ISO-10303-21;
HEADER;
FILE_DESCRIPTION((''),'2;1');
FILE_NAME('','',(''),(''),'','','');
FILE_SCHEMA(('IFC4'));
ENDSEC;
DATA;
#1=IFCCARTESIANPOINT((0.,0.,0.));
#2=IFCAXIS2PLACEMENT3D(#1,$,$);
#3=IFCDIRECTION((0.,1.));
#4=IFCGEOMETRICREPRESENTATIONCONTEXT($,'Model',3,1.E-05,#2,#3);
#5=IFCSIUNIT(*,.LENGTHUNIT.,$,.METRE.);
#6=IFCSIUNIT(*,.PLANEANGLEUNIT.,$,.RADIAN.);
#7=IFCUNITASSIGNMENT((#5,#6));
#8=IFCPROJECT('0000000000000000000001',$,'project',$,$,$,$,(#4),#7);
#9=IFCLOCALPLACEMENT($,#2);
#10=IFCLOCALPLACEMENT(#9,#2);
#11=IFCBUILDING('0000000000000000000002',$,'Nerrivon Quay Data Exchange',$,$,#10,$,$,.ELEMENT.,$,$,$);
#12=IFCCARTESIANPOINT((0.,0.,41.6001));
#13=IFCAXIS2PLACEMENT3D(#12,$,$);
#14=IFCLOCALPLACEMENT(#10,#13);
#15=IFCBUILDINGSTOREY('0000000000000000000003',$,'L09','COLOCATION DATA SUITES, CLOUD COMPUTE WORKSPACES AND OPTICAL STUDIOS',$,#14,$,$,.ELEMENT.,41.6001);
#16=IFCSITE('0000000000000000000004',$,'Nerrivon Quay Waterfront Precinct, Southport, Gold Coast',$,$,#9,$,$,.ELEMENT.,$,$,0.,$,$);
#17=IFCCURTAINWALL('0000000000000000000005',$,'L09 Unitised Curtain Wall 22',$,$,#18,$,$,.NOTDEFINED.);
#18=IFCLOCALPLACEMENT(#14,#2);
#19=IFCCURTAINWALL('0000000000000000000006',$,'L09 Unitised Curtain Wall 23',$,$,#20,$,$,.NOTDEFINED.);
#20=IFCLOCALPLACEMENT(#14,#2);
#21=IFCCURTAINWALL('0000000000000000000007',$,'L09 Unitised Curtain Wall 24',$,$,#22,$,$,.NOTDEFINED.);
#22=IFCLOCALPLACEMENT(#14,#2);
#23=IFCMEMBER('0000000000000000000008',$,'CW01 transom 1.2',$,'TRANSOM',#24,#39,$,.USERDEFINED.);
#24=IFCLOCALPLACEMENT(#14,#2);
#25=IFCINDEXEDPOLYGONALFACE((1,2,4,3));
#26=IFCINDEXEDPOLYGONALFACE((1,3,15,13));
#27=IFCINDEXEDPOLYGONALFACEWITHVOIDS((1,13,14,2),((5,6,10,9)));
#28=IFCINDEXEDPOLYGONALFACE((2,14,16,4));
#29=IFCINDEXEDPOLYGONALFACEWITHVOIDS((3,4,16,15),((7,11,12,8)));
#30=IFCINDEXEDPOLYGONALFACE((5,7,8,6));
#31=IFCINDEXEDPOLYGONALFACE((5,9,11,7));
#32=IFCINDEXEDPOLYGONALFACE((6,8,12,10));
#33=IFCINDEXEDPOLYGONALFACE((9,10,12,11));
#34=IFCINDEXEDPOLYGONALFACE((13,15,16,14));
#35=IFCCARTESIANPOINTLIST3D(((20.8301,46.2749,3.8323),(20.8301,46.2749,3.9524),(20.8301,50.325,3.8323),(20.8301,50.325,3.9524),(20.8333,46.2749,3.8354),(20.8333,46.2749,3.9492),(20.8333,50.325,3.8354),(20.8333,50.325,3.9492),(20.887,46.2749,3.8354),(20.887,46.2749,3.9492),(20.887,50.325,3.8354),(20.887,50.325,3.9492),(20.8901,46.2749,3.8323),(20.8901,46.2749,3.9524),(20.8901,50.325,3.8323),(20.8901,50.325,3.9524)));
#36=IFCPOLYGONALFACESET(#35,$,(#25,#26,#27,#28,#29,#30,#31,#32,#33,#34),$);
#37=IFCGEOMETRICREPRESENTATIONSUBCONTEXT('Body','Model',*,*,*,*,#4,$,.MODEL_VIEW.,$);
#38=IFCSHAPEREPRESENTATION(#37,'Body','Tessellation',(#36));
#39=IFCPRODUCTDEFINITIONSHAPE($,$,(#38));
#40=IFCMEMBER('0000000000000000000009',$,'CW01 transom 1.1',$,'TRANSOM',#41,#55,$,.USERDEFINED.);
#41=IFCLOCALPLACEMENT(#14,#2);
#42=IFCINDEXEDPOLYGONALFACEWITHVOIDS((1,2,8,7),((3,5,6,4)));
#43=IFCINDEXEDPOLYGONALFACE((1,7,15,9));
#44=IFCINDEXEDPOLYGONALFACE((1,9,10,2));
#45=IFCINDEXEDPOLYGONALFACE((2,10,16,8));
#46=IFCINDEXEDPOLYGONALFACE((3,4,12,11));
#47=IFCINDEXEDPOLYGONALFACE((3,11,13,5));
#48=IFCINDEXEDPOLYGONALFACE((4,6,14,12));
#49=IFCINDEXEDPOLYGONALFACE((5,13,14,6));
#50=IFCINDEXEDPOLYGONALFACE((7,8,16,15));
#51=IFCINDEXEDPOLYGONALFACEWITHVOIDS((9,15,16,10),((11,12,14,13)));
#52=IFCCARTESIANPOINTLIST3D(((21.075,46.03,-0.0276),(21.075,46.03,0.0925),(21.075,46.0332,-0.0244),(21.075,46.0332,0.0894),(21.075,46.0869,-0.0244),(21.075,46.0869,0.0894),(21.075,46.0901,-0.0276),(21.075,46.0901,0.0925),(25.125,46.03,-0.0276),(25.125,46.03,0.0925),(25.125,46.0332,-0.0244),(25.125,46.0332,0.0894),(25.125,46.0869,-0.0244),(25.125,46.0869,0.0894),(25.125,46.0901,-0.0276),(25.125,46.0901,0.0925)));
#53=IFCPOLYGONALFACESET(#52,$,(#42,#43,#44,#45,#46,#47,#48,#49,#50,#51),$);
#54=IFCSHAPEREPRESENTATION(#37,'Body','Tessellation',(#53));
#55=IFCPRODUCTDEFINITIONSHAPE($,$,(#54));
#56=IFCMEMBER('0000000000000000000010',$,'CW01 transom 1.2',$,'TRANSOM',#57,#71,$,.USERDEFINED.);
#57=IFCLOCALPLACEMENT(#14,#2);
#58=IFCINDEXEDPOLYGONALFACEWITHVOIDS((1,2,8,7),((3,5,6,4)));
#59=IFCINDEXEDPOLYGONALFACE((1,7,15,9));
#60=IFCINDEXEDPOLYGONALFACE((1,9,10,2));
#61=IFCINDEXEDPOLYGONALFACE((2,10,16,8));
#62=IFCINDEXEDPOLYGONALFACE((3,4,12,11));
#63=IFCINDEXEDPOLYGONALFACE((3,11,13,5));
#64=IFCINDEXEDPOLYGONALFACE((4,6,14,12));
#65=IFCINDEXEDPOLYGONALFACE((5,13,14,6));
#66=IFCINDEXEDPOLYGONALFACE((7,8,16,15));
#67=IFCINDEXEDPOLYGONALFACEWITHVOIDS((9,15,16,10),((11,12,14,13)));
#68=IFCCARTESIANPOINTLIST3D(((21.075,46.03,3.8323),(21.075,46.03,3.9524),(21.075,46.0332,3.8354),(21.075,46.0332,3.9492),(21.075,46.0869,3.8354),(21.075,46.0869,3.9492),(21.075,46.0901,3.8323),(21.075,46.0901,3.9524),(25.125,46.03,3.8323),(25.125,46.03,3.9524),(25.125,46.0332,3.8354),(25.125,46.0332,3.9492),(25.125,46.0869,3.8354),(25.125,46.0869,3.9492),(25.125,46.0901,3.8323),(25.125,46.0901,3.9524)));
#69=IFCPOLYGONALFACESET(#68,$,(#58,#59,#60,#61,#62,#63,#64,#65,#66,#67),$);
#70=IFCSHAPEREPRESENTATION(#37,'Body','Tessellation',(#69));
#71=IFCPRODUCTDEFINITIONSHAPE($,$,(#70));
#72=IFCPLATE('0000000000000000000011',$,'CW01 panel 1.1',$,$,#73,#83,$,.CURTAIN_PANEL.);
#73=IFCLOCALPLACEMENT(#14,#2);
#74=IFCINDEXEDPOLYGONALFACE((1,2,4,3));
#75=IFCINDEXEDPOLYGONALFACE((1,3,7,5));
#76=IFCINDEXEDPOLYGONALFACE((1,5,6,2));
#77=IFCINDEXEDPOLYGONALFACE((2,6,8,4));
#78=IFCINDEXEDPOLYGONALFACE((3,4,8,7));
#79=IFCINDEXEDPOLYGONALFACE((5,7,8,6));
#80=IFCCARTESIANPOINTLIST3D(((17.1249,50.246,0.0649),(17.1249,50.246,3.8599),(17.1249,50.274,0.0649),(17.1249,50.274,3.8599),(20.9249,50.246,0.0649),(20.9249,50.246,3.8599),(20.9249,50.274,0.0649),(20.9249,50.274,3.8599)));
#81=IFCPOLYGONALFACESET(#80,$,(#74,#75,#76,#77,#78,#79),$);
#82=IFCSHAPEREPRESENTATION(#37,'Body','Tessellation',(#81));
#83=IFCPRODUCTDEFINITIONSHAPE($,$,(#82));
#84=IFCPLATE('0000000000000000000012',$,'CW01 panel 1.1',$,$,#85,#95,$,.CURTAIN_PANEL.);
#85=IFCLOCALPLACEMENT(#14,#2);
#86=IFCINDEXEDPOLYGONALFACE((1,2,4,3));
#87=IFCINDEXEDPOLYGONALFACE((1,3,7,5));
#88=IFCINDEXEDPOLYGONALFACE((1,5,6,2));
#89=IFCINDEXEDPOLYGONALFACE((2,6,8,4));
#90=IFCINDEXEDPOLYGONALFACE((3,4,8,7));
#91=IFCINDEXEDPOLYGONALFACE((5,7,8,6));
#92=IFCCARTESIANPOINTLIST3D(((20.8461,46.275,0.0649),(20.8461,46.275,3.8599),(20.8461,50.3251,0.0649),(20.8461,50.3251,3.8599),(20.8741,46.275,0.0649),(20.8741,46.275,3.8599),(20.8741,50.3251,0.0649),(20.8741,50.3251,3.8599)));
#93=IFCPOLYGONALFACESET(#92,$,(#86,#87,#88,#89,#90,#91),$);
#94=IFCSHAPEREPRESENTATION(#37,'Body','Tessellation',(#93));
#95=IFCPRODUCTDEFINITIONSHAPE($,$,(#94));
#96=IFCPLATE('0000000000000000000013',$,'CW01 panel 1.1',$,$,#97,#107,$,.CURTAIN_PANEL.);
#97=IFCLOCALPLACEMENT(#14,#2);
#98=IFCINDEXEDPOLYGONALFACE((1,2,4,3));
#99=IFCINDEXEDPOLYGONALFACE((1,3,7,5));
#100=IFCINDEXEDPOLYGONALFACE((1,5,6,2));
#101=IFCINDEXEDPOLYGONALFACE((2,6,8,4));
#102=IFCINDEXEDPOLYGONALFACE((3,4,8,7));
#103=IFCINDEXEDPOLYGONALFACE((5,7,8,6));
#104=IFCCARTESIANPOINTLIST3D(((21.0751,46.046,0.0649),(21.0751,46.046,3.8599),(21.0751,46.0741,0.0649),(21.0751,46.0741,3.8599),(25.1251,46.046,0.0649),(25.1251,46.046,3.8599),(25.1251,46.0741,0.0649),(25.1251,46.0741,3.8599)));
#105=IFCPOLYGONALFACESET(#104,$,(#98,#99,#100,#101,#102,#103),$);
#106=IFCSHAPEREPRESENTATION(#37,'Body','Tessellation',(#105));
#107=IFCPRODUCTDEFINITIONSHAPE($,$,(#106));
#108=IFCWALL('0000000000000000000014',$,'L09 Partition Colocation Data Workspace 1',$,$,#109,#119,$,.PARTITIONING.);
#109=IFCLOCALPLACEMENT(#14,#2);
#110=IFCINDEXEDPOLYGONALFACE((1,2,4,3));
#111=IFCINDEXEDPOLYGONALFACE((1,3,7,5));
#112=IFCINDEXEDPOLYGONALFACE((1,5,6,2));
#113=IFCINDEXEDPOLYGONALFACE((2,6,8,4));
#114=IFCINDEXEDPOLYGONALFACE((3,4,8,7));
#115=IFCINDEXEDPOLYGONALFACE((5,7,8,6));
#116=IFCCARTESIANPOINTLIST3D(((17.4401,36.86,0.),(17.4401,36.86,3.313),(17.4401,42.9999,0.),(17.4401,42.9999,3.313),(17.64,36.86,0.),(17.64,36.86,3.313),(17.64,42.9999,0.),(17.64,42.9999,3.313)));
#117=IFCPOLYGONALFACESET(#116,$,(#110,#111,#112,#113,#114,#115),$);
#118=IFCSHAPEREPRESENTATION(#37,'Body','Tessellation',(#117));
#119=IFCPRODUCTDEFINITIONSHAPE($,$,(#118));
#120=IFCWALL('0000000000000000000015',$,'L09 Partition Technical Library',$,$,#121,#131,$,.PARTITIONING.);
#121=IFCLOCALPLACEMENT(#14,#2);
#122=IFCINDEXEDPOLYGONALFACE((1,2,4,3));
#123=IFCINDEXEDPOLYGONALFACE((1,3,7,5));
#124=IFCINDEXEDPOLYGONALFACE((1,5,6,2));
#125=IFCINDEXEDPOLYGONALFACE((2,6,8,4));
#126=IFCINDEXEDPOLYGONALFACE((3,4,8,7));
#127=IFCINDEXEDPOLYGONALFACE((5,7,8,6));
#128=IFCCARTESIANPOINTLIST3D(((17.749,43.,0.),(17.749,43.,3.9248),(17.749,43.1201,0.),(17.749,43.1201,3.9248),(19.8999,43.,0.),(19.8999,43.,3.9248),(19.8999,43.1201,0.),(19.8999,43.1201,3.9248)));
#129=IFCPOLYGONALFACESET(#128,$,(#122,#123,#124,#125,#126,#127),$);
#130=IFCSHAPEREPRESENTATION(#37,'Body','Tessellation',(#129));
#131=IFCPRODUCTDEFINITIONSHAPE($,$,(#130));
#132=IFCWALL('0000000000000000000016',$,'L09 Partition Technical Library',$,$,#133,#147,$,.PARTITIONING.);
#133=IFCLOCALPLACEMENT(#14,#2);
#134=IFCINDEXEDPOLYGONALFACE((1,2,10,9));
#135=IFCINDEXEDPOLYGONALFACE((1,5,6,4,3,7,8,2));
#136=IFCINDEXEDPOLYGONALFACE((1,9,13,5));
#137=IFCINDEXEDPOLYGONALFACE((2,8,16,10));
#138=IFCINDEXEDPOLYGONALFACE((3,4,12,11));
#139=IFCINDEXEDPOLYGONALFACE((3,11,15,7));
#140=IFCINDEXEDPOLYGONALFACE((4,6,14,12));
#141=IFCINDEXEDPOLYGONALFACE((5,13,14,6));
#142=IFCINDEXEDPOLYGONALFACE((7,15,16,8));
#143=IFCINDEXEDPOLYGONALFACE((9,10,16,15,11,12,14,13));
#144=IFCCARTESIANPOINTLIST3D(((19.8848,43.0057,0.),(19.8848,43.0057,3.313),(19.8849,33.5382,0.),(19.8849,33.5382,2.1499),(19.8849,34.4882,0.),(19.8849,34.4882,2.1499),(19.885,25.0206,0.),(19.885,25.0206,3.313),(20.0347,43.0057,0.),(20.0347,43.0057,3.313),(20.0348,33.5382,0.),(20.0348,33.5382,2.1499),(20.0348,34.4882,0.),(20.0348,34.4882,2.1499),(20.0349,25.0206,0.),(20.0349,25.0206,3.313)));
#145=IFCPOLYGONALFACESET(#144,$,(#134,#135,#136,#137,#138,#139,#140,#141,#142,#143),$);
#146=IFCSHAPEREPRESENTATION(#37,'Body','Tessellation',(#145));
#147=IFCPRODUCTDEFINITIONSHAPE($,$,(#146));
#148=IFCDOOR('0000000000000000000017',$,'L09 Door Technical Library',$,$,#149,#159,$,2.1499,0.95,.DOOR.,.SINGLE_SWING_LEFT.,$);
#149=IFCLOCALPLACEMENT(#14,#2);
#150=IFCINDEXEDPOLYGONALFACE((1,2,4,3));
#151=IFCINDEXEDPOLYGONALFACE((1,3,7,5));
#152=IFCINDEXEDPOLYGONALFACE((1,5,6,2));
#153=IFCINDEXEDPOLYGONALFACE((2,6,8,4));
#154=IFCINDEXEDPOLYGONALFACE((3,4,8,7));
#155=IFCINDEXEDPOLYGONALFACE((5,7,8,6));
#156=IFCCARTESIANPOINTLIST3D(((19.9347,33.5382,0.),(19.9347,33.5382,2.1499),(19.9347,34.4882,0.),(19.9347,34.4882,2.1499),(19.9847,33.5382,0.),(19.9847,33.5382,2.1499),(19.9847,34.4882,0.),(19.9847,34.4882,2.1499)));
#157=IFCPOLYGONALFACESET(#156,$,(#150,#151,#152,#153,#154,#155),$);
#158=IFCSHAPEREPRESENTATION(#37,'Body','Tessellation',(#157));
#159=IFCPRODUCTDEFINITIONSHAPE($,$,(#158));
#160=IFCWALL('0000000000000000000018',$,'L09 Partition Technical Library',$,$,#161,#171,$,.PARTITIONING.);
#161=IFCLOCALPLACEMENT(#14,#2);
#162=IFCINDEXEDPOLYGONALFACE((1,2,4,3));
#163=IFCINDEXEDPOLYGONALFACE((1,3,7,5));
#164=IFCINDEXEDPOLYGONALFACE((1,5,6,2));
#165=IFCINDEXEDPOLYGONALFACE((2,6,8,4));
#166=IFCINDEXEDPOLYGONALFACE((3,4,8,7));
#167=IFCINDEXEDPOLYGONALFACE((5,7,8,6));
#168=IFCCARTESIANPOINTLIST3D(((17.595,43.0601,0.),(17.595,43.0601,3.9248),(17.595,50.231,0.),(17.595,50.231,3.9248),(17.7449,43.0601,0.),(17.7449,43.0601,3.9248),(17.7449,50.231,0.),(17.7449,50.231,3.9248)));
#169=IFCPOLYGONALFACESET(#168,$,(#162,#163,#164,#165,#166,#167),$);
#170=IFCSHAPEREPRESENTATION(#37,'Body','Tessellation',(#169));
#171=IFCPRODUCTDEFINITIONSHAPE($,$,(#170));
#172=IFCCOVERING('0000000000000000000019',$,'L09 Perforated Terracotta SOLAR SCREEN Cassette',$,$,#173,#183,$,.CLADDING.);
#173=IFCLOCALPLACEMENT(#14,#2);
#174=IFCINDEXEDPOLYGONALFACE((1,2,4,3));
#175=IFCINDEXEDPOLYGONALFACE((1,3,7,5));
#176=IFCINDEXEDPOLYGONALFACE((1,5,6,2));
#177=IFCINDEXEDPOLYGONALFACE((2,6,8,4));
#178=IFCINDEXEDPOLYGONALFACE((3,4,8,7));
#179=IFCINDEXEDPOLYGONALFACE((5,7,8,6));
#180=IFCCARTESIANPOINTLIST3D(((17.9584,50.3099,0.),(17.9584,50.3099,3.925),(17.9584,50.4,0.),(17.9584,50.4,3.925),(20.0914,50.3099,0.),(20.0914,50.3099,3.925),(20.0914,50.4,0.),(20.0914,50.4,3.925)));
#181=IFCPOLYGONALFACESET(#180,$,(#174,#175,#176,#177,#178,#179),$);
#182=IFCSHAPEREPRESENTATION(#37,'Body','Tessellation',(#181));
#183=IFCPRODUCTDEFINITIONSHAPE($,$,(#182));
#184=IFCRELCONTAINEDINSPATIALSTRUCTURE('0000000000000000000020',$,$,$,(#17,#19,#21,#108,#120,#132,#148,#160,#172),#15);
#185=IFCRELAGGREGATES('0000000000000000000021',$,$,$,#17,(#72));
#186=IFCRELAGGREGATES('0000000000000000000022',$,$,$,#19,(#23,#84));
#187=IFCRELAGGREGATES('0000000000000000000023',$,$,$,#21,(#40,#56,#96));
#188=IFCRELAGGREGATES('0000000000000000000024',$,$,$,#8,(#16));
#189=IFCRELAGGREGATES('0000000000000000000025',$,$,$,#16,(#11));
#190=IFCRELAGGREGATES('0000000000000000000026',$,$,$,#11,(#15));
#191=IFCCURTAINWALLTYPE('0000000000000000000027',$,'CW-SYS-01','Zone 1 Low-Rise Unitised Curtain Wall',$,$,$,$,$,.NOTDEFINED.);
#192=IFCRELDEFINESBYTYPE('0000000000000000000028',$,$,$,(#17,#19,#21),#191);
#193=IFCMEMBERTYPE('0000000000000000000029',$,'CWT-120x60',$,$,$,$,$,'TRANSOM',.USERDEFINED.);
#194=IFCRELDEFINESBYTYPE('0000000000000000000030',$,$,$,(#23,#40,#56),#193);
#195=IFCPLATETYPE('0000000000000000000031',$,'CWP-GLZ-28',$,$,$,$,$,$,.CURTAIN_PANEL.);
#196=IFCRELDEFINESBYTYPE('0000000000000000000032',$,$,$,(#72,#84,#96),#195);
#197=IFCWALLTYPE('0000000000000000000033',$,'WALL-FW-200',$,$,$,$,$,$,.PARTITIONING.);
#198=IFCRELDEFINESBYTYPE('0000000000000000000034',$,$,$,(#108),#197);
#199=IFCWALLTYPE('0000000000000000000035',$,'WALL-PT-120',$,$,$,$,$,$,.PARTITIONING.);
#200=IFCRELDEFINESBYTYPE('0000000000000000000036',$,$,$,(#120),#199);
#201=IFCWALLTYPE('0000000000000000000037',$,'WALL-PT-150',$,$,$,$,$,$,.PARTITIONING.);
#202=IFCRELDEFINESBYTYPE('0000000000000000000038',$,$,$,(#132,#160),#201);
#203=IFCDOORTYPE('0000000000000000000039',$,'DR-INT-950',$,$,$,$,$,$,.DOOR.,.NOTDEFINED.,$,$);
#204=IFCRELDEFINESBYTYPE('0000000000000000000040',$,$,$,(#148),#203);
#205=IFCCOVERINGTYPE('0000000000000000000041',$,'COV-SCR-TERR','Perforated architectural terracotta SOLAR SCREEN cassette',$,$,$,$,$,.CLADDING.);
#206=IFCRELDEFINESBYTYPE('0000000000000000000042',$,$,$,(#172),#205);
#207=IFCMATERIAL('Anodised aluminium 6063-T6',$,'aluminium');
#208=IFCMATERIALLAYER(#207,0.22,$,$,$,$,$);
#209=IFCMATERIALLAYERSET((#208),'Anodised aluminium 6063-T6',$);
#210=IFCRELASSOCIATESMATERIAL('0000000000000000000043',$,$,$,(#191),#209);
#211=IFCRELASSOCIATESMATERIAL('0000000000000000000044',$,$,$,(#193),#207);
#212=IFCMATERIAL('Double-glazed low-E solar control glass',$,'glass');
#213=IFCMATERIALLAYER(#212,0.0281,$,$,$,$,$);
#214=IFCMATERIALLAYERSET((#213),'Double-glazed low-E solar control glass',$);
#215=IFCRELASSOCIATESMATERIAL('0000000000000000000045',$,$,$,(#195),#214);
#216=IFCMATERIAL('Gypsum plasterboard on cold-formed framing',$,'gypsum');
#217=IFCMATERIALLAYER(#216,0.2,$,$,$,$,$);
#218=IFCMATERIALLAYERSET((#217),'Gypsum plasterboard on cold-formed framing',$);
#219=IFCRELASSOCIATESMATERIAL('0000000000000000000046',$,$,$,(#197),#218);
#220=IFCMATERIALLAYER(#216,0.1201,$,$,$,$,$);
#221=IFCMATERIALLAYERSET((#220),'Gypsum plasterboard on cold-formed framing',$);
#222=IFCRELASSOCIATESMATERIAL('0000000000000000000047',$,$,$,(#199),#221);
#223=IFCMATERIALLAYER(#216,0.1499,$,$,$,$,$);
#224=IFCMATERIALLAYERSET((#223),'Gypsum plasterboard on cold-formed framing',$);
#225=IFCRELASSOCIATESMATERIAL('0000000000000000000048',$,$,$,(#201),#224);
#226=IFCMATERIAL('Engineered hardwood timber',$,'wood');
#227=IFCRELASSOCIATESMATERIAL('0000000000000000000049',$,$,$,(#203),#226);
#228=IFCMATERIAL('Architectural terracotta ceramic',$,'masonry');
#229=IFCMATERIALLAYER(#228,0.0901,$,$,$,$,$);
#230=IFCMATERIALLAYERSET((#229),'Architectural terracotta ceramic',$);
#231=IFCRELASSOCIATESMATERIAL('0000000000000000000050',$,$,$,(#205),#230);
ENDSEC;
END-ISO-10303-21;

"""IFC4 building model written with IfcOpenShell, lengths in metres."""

from ifc_helpers import new_model, si_unit, direction, frame, frame_2d, origin, origin_2d, place, context, subcontext, project, spatial, rectangle, hollow_rectangle, extrude, material, layer, layer_set, material_profile, profile_set, type_object, element, fill, aggregate, save


model = new_model("IFC4")

# Units and contexts
model_context = context("Model", 3, precision=1e-05, world=origin(), true_north=direction((0.0, 1.0)))
body_context = subcontext(model_context, "Body", "Model", "MODEL_VIEW")
ifc_project = project(units=[si_unit("LENGTHUNIT", "METRE"), si_unit("PLANEANGLEUNIT", "RADIAN")], contexts=[model_context])

# Site, building, storey
site_placement = place(None, origin())
site = spatial("IfcSite", under=ifc_project, at=site_placement, Name="Nerrivon Quay Waterfront Precinct, Southport, Gold Coast", CompositionType="ELEMENT", RefElevation=0.0)
building_placement = place(site_placement, origin())
building = spatial("IfcBuilding", under=site, at=building_placement, Name="Nerrivon Quay Data Exchange", CompositionType="ELEMENT")
storey_placement = place(building_placement, frame((0.0, 0.0, 41.6001)))
storey = spatial("IfcBuildingStorey", under=building, at=storey_placement, Name="L09", Description="COLOCATION DATA SUITES, CLOUD COMPUTE WORKSPACES AND OPTICAL STUDIOS", CompositionType="ELEMENT", Elevation=41.6001)

# Curtain walls
ifc_material_1 = material(Name="Anodised aluminium 6063-T6", Category="aluminium")
ifc_layer_1 = layer(ifc_material_1, 0.22)
ifc_layer_set_1 = layer_set([ifc_layer_1], Name="Anodised aluminium 6063-T6")
curtain_wall_type = type_object("IfcCurtainWallType", Name="CW-SYS-01", Description="Zone 1 Low-Rise Unitised Curtain Wall", PredefinedType="NOTDEFINED", material=ifc_layer_set_1)
curtain_wall_1_placement = place(storey_placement, origin())
curtain_wall_1 = element("IfcCurtainWall", 1, at=curtain_wall_1_placement, inside=storey, type_object=curtain_wall_type, Name="L09 Unitised Curtain Wall 22", PredefinedType="NOTDEFINED")
curtain_wall_2_placement = place(storey_placement, origin())
curtain_wall_2 = element("IfcCurtainWall", 2, at=curtain_wall_2_placement, inside=storey, type_object=curtain_wall_type, Name="L09 Unitised Curtain Wall 23", PredefinedType="NOTDEFINED")

# Curtain wall
curtain_wall_3_placement = place(storey_placement, origin())
curtain_wall_3 = element("IfcCurtainWall", 3, at=curtain_wall_3_placement, inside=storey, type_object=curtain_wall_type, Name="L09 Unitised Curtain Wall 24", PredefinedType="NOTDEFINED")

# Members
ifc_material_profile_1 = material_profile(ifc_material_1, hollow_rectangle(XDim=0.0601, YDim=0.1201, WallThickness=0.0032, at=origin_2d()), Name="ALU-TRAN-120x60")
ifc_profile_set_1 = profile_set([ifc_material_profile_1], Name="Anodised aluminium 6063-T6")
member_type_1 = type_object("IfcMemberType", Name="CWT-120x60", ElementType="TRANSOM", PredefinedType="USERDEFINED", material=ifc_profile_set_1)
member_1_placement = place(storey_placement, frame((20.8601, 50.325, 3.8923), z_axis=(0.0, -1.0, 0.0), x_axis=(1.0, 0.0, 0.0)))
member_1 = element("IfcMember", 4, at=member_1_placement, type_object=member_type_1, Name="CW01 transom 1.2", ObjectType="TRANSOM", PredefinedType="USERDEFINED", context=body_context, shape_type="SweptSolid", body=[
    extrude(hollow_rectangle(XDim=0.0601, YDim=0.1201, WallThickness=0.0032, at=origin_2d()), origin(), (0.0, 0.0, 1.0), 4.05),
])
member_2_placement = place(storey_placement, frame((21.075, 46.0601, 0.0325), z_axis=(1.0, 0.0, 0.0), x_axis=(0.0, 1.0, 0.0)))
member_2 = element("IfcMember", 5, at=member_2_placement, type_object=member_type_1, Name="CW01 transom 1.1", ObjectType="TRANSOM", PredefinedType="USERDEFINED", context=body_context, shape_type="SweptSolid", body=[
    extrude(hollow_rectangle(XDim=0.0601, YDim=0.1201, WallThickness=0.0032, at=origin_2d()), origin(), (0.0, 0.0, 1.0), 4.05),
])
member_3_placement = place(storey_placement, frame((21.075, 46.0601, 3.8923), z_axis=(1.0, 0.0, 0.0), x_axis=(0.0, 1.0, 0.0)))
member_3 = element("IfcMember", 6, at=member_3_placement, type_object=member_type_1, Name="CW01 transom 1.2", ObjectType="TRANSOM", PredefinedType="USERDEFINED", context=body_context, shape_type="SweptSolid", body=[
    extrude(hollow_rectangle(XDim=0.0601, YDim=0.1201, WallThickness=0.0032, at=origin_2d()), origin(), (0.0, 0.0, 1.0), 4.05),
])

# Plates
ifc_material_2 = material(Name="Double-glazed low-E solar control glass", Category="glass")
ifc_layer_2 = layer(ifc_material_2, 0.0281)
ifc_layer_set_2 = layer_set([ifc_layer_2], Name="Double-glazed low-E solar control glass")
plate_type = type_object("IfcPlateType", Name="CWP-GLZ-28", PredefinedType="CURTAIN_PANEL", material=ifc_layer_set_2)
plate_1_placement = place(storey_placement, frame((19.0249, 50.26, 0.0649), z_axis=(0.0, 0.0, 1.0), x_axis=(1.0, 0.0, 0.0)))
plate_1 = element("IfcPlate", 7, at=plate_1_placement, type_object=plate_type, Name="CW01 panel 1.1", PredefinedType="CURTAIN_PANEL", context=body_context, shape_type="SweptSolid", body=[
    extrude(rectangle(XDim=3.8, YDim=0.0281, at=origin_2d()), origin(), (0.0, 0.0, 1.0), 3.7949),
])
aggregate(curtain_wall_1, [plate_1])
plate_2_placement = place(storey_placement, frame((20.8601, 48.3, 0.0649), z_axis=(0.0, 0.0, 1.0), x_axis=(0.0, -1.0, 0.0)))
plate_2 = element("IfcPlate", 8, at=plate_2_placement, type_object=plate_type, Name="CW01 panel 1.1", PredefinedType="CURTAIN_PANEL", context=body_context, shape_type="SweptSolid", body=[
    extrude(rectangle(XDim=4.05, YDim=0.0281, at=origin_2d()), origin(), (0.0, 0.0, 1.0), 3.7949),
])
aggregate(curtain_wall_2, [member_1, plate_2])
plate_3_placement = place(storey_placement, frame((23.1001, 46.0601, 0.0649), z_axis=(0.0, 0.0, 1.0), x_axis=(1.0, 0.0, 0.0)))
plate_3 = element("IfcPlate", 9, at=plate_3_placement, type_object=plate_type, Name="CW01 panel 1.1", PredefinedType="CURTAIN_PANEL", context=body_context, shape_type="SweptSolid", body=[
    extrude(rectangle(XDim=4.05, YDim=0.0281, at=origin_2d()), origin(), (0.0, 0.0, 1.0), 3.7949),
])
aggregate(curtain_wall_3, [member_2, member_3, plate_3])

# Walls
ifc_material_3 = material(Name="Gypsum plasterboard on cold-formed framing", Category="gypsum")
ifc_layer_3 = layer(ifc_material_3, 0.2)
ifc_layer_set_3 = layer_set([ifc_layer_3], Name="Gypsum plasterboard on cold-formed framing")
wall_type_1 = type_object("IfcWallType", Name="WALL-FW-200", PredefinedType="PARTITIONING", material=ifc_layer_set_3)
wall_1_placement = place(storey_placement, frame((17.54, 36.8601, 0.0), z_axis=(0.0, 0.0, 1.0), x_axis=(0.0, 1.0, 0.0)))
element("IfcWall", 10, at=wall_1_placement, inside=storey, type_object=wall_type_1, Name="L09 Partition Colocation Data Workspace 1", PredefinedType="PARTITIONING", context=body_context, shape_type="SweptSolid", body=[
    extrude(rectangle(XDim=6.1399, YDim=0.2, at=frame_2d((3.0698, 0.0))), origin(), (0.0, 0.0, 1.0), 3.313),
])
ifc_layer_4 = layer(ifc_material_3, 0.1201)
ifc_layer_set_4 = layer_set([ifc_layer_4], Name="Gypsum plasterboard on cold-formed framing")
wall_type_2 = type_object("IfcWallType", Name="WALL-PT-120", PredefinedType="PARTITIONING", material=ifc_layer_set_4)
wall_2_placement = place(storey_placement, frame((17.749, 43.0601, 0.0), z_axis=(0.0, 0.0, 1.0), x_axis=(1.0, 0.0, 0.0)))
element("IfcWall", 11, at=wall_2_placement, inside=storey, type_object=wall_type_2, Name="L09 Partition Technical Library", PredefinedType="PARTITIONING", context=body_context, shape_type="SweptSolid", body=[
    extrude(rectangle(XDim=2.1509, YDim=0.1201, at=frame_2d((1.0754, 0.0))), origin(), (0.0, 0.0, 1.0), 3.9248),
])

# Wall, opening, door
ifc_layer_5 = layer(ifc_material_3, 0.1499)
ifc_layer_set_5 = layer_set([ifc_layer_5], Name="Gypsum plasterboard on cold-formed framing")
wall_type_3 = type_object("IfcWallType", Name="WALL-PT-150", PredefinedType="PARTITIONING", material=ifc_layer_set_5)
wall_3_placement = place(storey_placement, frame((19.9597, 43.0059, 0.0), z_axis=(0.0, 0.0, 1.0), x_axis=(0.000014, -1.0, 0.0)))
wall_3 = element("IfcWall", 12, at=wall_3_placement, inside=storey, type_object=wall_type_3, Name="L09 Partition Technical Library", PredefinedType="PARTITIONING", context=body_context, shape_type="SweptSolid", body=[
    extrude(rectangle(XDim=17.9851, YDim=0.1499, at=frame_2d((8.9927, 0.0))), origin(), (0.0, 0.0, 1.0), 3.313),
])
opening_1_placement = place(wall_3_placement, frame((8.5176, 0.0, 0.0)))
opening_1 = element("IfcOpeningElement", 13, at=opening_1_placement, cuts=wall_3, PredefinedType="OPENING", context=body_context, shape_type="SweptSolid", body=[
    extrude(rectangle(XDim=0.95, YDim=2.1499, at=frame_2d((0.4751, 1.075))), frame((0.0, 0.085, 0.0), z_axis=(0.0, -1.0, 0.0), x_axis=(1.0, 0.0, 0.0)), (0.0, 0.0, 1.0), 0.1699),
])
ifc_material_4 = material(Name="Engineered hardwood timber", Category="wood")
door_type_1 = type_object("IfcDoorType", Name="DR-INT-950", OperationType="NOTDEFINED", PredefinedType="DOOR", material=ifc_material_4)
door_1_placement = place(opening_1_placement, origin())
door_1 = element("IfcDoor", 14, at=door_1_placement, inside=storey, type_object=door_type_1, Name="L09 Door Technical Library", OperationType="SINGLE_SWING_LEFT", OverallHeight=2.1499, OverallWidth=0.95, PredefinedType="DOOR", context=body_context, shape_type="SweptSolid", body=[
    extrude(rectangle(XDim=0.95, YDim=2.1499, at=frame_2d((0.4751, 1.075))), frame((0.0, 0.0249, 0.0), z_axis=(0.0, -1.0, 0.0), x_axis=(1.0, 0.0, 0.0)), (0.0, 0.0, 1.0), 0.05),
])
fill(opening_1, door_1)

# Wall
wall_4_placement = place(storey_placement, frame((17.6699, 50.231, 0.0), z_axis=(0.0, 0.0, 1.0), x_axis=(0.0, -1.0, 0.0)))
element("IfcWall", 15, at=wall_4_placement, inside=storey, type_object=wall_type_3, Name="L09 Partition Technical Library", PredefinedType="PARTITIONING", context=body_context, shape_type="SweptSolid", body=[
    extrude(rectangle(XDim=7.1709, YDim=0.1499, at=frame_2d((3.5854, 0.0))), origin(), (0.0, 0.0, 1.0), 3.9248),
])

# Covering
ifc_material_5 = material(Name="Architectural terracotta ceramic", Category="masonry")
ifc_layer_6 = layer(ifc_material_5, 0.0901)
ifc_layer_set_6 = layer_set([ifc_layer_6], Name="Architectural terracotta ceramic")
covering_type = type_object("IfcCoveringType", Name="COV-SCR-TERR", Description="Perforated architectural terracotta SOLAR SCREEN cassette", PredefinedType="CLADDING", material=ifc_layer_set_6)
covering_placement = place(storey_placement, frame((19.0249, 50.355, 0.0), z_axis=(0.0, 0.0, 1.0), x_axis=(1.0, 0.0, 0.0)))
element("IfcCovering", 16, at=covering_placement, inside=storey, type_object=covering_type, Name="L09 Perforated Terracotta SOLAR SCREEN Cassette", PredefinedType="CLADDING", context=body_context, shape_type="SweptSolid", body=[
    extrude(rectangle(XDim=2.1331, YDim=0.0901, at=origin_2d()), origin(), (0.0, 0.0, 1.0), 3.925),
])

save(model, "model.ifc")
